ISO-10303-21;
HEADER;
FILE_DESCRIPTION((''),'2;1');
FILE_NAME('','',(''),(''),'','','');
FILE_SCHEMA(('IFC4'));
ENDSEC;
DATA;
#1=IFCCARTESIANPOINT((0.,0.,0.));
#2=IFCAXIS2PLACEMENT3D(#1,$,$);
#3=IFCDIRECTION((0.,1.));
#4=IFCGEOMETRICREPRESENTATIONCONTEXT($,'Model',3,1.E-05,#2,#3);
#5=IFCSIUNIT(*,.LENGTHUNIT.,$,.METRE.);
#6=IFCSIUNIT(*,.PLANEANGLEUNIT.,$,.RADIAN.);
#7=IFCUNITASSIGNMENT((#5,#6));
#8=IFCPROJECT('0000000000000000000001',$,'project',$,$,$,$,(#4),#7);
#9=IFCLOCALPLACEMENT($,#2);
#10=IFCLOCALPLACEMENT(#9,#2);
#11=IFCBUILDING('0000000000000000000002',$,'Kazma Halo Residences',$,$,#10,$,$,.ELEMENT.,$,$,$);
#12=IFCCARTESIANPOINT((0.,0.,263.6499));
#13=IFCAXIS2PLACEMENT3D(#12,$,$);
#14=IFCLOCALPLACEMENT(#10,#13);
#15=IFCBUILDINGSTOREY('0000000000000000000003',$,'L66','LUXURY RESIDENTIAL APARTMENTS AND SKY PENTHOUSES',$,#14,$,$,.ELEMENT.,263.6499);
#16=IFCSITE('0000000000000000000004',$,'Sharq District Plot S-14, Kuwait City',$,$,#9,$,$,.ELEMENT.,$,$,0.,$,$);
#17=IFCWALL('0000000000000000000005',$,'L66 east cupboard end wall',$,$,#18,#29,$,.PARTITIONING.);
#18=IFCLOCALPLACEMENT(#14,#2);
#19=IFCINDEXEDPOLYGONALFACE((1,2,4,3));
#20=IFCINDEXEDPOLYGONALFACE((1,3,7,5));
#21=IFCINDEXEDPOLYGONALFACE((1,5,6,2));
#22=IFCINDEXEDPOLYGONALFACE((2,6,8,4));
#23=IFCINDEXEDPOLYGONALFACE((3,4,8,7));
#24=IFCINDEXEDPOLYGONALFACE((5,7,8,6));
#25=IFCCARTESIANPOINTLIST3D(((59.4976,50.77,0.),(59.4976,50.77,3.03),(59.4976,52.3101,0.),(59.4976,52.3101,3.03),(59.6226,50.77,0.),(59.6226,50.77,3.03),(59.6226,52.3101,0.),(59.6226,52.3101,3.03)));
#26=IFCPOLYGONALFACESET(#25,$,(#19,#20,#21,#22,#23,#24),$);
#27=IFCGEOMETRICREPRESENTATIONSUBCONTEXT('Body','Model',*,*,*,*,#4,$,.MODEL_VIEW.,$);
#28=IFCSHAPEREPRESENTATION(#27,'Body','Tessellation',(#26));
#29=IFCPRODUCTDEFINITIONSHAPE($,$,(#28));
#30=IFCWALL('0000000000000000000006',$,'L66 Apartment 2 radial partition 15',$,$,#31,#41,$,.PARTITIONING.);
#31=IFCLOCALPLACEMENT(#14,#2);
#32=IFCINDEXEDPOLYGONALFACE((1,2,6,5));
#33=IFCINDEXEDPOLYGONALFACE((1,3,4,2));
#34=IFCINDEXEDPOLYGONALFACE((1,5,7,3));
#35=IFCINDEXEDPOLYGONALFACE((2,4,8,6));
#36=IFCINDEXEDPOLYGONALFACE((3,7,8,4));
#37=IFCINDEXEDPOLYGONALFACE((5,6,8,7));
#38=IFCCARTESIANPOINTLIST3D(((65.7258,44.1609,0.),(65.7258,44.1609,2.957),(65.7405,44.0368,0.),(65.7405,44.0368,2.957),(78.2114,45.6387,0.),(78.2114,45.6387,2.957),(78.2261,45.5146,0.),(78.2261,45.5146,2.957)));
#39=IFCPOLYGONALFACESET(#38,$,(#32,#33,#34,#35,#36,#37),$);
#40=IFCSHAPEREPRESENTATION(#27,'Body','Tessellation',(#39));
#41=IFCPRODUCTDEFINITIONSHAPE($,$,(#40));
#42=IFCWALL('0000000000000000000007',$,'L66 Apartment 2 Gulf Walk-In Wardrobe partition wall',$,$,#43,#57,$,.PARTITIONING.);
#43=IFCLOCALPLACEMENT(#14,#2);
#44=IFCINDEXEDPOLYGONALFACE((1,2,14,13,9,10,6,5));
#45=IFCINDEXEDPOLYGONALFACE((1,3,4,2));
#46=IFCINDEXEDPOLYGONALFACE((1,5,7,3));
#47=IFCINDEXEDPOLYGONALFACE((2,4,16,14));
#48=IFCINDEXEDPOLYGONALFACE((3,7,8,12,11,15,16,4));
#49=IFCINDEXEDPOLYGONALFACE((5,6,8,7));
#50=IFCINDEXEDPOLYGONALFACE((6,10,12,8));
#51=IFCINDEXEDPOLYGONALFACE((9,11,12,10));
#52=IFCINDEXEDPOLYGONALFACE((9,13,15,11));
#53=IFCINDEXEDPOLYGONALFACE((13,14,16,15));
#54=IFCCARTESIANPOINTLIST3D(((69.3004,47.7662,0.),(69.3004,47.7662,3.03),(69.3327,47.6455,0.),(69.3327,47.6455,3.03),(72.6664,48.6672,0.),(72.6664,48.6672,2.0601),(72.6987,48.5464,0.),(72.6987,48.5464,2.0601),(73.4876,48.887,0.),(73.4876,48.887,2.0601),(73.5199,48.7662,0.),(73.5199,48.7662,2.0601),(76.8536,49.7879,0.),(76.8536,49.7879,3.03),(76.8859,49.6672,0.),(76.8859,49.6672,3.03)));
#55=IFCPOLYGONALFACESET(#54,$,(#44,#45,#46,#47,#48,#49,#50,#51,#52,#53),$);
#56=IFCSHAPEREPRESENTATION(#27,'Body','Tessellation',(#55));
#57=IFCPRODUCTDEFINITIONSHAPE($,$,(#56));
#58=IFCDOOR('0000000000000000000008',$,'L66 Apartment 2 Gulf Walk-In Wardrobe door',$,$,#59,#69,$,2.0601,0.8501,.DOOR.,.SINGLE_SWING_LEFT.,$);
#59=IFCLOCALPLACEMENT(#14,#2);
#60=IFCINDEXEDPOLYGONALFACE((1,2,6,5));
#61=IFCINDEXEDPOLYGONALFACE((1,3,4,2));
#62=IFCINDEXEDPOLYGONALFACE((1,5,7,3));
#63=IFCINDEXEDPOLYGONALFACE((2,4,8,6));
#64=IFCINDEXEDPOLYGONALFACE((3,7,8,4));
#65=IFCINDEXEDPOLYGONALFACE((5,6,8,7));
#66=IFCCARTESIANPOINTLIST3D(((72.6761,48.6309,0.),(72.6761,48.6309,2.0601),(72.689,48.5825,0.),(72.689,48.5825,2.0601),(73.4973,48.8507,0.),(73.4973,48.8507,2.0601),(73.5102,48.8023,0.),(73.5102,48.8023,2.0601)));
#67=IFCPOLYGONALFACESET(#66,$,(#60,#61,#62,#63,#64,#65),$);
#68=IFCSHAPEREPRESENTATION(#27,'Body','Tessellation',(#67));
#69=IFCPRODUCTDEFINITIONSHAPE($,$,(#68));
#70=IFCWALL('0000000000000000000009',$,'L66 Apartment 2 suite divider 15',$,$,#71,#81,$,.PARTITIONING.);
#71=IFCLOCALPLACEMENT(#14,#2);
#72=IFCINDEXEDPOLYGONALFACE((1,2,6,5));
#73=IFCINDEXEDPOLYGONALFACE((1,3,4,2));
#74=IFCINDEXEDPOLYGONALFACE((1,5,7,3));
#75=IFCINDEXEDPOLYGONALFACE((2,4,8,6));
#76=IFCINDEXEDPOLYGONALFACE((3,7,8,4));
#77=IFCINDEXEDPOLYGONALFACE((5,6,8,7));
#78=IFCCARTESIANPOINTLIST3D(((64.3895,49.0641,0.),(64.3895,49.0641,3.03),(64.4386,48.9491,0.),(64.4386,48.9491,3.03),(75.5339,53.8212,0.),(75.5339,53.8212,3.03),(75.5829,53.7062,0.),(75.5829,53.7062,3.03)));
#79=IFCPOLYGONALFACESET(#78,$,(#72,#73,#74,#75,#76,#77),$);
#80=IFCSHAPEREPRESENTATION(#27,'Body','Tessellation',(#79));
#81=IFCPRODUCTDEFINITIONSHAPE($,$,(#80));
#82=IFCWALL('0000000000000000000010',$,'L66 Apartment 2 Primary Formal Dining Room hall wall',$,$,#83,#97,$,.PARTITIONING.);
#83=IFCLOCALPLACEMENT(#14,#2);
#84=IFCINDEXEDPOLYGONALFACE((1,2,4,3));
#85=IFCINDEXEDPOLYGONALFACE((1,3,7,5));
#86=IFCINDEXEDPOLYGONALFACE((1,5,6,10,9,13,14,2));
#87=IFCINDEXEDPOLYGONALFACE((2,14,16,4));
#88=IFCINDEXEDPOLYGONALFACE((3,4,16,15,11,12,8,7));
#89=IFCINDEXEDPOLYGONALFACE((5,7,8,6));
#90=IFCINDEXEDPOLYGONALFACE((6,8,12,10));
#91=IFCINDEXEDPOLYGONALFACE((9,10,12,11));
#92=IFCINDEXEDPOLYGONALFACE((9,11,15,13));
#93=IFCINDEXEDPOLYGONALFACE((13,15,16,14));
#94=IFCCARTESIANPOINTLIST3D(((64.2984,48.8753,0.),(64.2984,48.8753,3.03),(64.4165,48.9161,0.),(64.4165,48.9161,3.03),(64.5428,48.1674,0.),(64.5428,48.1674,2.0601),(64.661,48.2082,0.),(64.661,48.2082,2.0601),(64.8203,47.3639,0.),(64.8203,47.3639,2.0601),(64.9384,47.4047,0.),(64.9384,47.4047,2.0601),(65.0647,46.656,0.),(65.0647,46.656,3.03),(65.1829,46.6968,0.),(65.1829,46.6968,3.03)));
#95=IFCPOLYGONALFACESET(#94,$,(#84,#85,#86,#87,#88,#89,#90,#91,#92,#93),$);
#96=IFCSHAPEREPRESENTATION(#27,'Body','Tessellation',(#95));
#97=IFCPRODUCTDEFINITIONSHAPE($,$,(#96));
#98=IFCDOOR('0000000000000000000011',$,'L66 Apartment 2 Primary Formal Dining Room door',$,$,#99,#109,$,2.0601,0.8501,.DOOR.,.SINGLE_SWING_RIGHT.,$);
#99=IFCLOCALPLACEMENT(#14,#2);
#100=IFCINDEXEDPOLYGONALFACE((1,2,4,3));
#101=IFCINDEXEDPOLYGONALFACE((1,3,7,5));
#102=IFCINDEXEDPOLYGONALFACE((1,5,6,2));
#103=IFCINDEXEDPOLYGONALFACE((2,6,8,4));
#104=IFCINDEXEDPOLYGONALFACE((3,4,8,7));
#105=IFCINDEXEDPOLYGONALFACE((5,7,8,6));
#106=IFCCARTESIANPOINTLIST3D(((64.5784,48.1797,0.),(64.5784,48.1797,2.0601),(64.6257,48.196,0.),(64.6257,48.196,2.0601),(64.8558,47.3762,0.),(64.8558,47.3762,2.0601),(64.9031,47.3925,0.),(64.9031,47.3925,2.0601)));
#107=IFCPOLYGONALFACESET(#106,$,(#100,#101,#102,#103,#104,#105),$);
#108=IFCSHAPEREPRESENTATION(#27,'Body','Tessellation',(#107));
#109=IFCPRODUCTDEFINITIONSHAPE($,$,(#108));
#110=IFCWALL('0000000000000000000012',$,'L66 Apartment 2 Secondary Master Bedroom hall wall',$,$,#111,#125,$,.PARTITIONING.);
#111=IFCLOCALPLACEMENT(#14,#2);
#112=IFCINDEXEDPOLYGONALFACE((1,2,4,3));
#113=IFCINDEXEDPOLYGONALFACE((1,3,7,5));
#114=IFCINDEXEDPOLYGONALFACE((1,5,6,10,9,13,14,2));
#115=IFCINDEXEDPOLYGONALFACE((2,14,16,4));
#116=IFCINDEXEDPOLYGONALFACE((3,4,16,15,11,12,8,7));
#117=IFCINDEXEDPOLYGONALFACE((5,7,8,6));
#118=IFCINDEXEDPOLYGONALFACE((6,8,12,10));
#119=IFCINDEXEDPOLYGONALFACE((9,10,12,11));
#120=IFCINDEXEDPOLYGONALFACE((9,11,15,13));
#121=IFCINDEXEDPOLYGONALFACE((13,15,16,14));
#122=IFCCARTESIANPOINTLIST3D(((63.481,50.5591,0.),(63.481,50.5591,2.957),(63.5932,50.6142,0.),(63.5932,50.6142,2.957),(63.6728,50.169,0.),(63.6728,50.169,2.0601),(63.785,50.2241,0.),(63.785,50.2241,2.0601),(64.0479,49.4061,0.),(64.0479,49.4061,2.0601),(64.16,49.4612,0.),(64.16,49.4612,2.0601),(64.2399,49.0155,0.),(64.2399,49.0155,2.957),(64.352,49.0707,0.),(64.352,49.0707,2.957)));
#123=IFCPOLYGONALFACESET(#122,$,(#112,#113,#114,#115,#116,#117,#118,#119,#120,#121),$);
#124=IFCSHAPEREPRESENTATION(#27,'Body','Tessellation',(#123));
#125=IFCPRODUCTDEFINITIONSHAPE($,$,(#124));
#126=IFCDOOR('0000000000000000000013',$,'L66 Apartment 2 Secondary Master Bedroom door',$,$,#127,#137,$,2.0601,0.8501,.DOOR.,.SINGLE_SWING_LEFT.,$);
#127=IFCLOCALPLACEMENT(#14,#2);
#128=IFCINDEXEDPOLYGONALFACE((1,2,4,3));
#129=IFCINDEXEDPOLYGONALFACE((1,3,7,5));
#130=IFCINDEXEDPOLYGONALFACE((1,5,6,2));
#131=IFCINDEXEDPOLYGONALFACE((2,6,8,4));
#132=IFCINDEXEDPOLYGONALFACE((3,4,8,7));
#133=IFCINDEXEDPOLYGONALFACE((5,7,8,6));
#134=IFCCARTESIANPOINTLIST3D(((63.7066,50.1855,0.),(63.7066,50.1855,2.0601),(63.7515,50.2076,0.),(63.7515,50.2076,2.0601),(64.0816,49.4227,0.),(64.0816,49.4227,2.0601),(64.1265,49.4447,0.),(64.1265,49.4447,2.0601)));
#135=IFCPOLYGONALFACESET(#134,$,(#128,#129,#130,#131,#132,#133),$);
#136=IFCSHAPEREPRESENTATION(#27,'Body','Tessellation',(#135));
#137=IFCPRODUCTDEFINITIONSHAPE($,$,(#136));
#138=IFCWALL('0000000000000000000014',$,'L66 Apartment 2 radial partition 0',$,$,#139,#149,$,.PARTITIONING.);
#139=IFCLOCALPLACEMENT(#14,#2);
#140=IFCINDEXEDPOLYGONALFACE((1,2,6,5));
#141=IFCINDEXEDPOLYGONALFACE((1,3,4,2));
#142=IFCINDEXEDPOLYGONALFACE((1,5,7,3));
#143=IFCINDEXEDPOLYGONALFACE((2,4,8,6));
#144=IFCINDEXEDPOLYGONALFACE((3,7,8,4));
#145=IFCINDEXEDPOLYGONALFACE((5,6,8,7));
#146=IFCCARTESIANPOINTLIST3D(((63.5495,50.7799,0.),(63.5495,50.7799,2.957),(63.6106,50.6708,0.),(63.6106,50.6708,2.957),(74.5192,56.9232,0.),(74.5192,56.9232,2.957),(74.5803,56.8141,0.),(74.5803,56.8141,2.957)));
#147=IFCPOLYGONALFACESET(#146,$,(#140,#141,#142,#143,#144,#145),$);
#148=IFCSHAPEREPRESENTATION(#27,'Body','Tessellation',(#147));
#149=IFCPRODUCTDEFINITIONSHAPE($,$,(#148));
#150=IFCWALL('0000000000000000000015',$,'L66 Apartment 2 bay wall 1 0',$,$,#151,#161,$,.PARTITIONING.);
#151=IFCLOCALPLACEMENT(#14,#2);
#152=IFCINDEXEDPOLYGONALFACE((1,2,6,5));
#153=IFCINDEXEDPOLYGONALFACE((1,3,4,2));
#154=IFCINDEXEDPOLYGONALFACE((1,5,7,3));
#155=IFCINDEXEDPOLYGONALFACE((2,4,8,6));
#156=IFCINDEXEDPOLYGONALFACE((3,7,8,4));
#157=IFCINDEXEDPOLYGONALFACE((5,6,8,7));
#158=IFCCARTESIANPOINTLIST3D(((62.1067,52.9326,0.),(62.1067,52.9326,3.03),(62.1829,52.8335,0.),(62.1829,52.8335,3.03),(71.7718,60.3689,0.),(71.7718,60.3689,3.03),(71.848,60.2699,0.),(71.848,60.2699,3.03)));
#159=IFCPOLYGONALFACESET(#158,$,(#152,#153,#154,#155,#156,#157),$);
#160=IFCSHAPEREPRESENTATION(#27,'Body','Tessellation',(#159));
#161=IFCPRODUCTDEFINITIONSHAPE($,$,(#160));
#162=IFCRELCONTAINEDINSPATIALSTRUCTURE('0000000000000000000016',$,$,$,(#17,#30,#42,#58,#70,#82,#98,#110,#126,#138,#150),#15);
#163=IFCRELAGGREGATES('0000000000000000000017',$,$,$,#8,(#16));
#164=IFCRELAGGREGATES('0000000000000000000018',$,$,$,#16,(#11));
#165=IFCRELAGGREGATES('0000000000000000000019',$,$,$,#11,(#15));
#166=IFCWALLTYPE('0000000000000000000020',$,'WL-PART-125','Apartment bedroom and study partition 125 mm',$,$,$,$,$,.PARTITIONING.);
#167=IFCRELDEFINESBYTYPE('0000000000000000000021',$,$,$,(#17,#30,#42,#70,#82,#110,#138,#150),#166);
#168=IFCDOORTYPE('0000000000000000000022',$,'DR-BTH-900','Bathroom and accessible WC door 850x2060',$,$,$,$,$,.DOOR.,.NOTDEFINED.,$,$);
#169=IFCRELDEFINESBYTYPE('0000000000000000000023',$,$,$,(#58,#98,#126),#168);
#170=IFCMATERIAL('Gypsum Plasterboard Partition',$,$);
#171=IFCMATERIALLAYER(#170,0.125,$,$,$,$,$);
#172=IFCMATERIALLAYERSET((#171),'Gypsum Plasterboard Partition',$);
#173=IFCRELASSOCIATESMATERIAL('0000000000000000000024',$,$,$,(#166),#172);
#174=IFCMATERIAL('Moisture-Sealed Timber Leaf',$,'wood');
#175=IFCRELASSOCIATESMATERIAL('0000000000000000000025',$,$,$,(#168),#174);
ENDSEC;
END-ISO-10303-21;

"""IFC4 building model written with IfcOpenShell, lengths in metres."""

from ifc_helpers import new_model, si_unit, direction, frame, frame_2d, origin, place, context, subcontext, project, spatial, rectangle, extrude, material, layer, layer_set, type_object, element, fill, save


model = new_model("IFC4")

# Units and contexts
model_context = context("Model", 3, precision=1e-05, world=origin(), true_north=direction((0.0, 1.0)))
body_context = subcontext(model_context, "Body", "Model", "MODEL_VIEW")
ifc_project = project(units=[si_unit("LENGTHUNIT", "METRE"), si_unit("PLANEANGLEUNIT", "RADIAN")], contexts=[model_context])

# Site, building, storey
site_placement = place(None, origin())
site = spatial("IfcSite", under=ifc_project, at=site_placement, Name="Sharq District Plot S-14, Kuwait City", CompositionType="ELEMENT", RefElevation=0.0)
building_placement = place(site_placement, origin())
building = spatial("IfcBuilding", under=site, at=building_placement, Name="Kazma Halo Residences", CompositionType="ELEMENT")
storey_placement = place(building_placement, frame((0.0, 0.0, 263.6499)))
storey = spatial("IfcBuildingStorey", under=building, at=storey_placement, Name="L66", Description="LUXURY RESIDENTIAL APARTMENTS AND SKY PENTHOUSES", CompositionType="ELEMENT", Elevation=263.6499)

# Walls
ifc_material_1 = material(Name="Gypsum Plasterboard Partition")
ifc_layer_1 = layer(ifc_material_1, 0.125)
ifc_layer_set_1 = layer_set([ifc_layer_1], Name="Gypsum Plasterboard Partition")
wall_type_1 = type_object("IfcWallType", Name="WL-PART-125", Description="Apartment bedroom and study partition 125 mm", PredefinedType="PARTITIONING", material=ifc_layer_set_1)
wall_1_placement = place(storey_placement, frame((59.5601, 50.77, 0.0), z_axis=(0.0, 0.0, 1.0), x_axis=(0.0, 1.0, 0.0)))
element("IfcWall", 1, at=wall_1_placement, inside=storey, type_object=wall_type_1, Name="L66 east cupboard end wall", PredefinedType="PARTITIONING", context=body_context, shape_type="SweptSolid", body=[
    extrude(rectangle(XDim=1.54, YDim=0.125, at=frame_2d((0.77, 0.0))), origin(), (0.0, 0.0, 1.0), 3.03),
])
wall_2_placement = place(storey_placement, frame((65.7332, 44.0989, 0.0), z_axis=(0.0, 0.0, 1.0), x_axis=(0.993068, 0.117539, 0.0)))
element("IfcWall", 2, at=wall_2_placement, inside=storey, type_object=wall_type_1, Name="L66 Apartment 2 radial partition 15", PredefinedType="PARTITIONING", context=body_context, shape_type="SweptSolid", body=[
    extrude(rectangle(XDim=12.5728, YDim=0.125, at=frame_2d((6.2864, 0.0))), origin(), (0.0, 0.0, 1.0), 2.957),
])

# Wall, opening, door
wall_3_placement = place(storey_placement, frame((69.3164, 47.7058, 0.0), z_axis=(0.0, 0.0, 1.0), x_axis=(0.965995, 0.258562, 0.0)))
wall_3 = element("IfcWall", 3, at=wall_3_placement, inside=storey, type_object=wall_type_1, Name="L66 Apartment 2 Gulf Walk-In Wardrobe partition wall", PredefinedType="PARTITIONING", context=body_context, shape_type="SweptSolid", body=[
    extrude(rectangle(XDim=7.8191, YDim=0.125, at=frame_2d((3.9097, 0.0))), origin(), (0.0, 0.0, 1.0), 3.03),
])
opening_1_placement = place(wall_3_placement, frame((3.4846, 0.0, 0.0)))
opening_1 = element("IfcOpeningElement", 4, at=opening_1_placement, cuts=wall_3, PredefinedType="OPENING", context=body_context, shape_type="SweptSolid", body=[
    extrude(rectangle(XDim=0.8501, YDim=2.0601, at=frame_2d((0.425, 1.03))), frame((0.0, 0.0725, 0.0), z_axis=(0.0, -1.0, 0.0), x_axis=(1.0, 0.0, 0.0)), (0.0, 0.0, 1.0), 0.145),
])
ifc_material_2 = material(Name="Moisture-Sealed Timber Leaf", Category="wood")
door_type = type_object("IfcDoorType", Name="DR-BTH-900", Description="Bathroom and accessible WC door 850x2060", OperationType="NOTDEFINED", PredefinedType="DOOR", material=ifc_material_2)
door_1_placement = place(opening_1_placement, origin())
door_1 = element("IfcDoor", 5, at=door_1_placement, inside=storey, type_object=door_type, Name="L66 Apartment 2 Gulf Walk-In Wardrobe door", OperationType="SINGLE_SWING_LEFT", OverallHeight=2.0601, OverallWidth=0.8501, PredefinedType="DOOR", context=body_context, shape_type="SweptSolid", body=[
    extrude(rectangle(XDim=0.8501, YDim=2.0601, at=frame_2d((0.425, 1.03))), frame((0.0, 0.0249, 0.0), z_axis=(0.0, -1.0, 0.0), x_axis=(1.0, 0.0, 0.0)), (0.0, 0.0, 1.0), 0.05),
])
fill(opening_1, door_1)

# Wall
wall_4_placement = place(storey_placement, frame((64.4141, 49.0066, 0.0), z_axis=(0.0, 0.0, 1.0), x_axis=(0.919713, 0.392591, 0.0)))
element("IfcWall", 6, at=wall_4_placement, inside=storey, type_object=wall_type_1, Name="L66 Apartment 2 suite divider 15", PredefinedType="PARTITIONING", context=body_context, shape_type="SweptSolid", body=[
    extrude(rectangle(XDim=12.1172, YDim=0.125, at=frame_2d((6.0586, 0.0))), origin(), (0.0, 0.0, 1.0), 3.03),
])

# Walls, openings, doors
wall_5_placement = place(storey_placement, frame((65.1238, 46.6765, 0.0), z_axis=(0.0, 0.0, 1.0), x_axis=(-0.32641, 0.945228, 0.0)))
wall_5 = element("IfcWall", 7, at=wall_5_placement, inside=storey, type_object=wall_type_1, Name="L66 Apartment 2 Primary Formal Dining Room hall wall", PredefinedType="PARTITIONING", context=body_context, shape_type="SweptSolid", body=[
    extrude(rectangle(XDim=2.3479, YDim=0.125, at=frame_2d((1.1738, 0.0))), origin(), (0.0, 0.0, 1.0), 3.03),
])
opening_2_placement = place(wall_5_placement, frame((0.7488, 0.0, 0.0)))
opening_2 = element("IfcOpeningElement", 8, at=opening_2_placement, cuts=wall_5, PredefinedType="OPENING", context=body_context, shape_type="SweptSolid", body=[
    extrude(rectangle(XDim=0.8501, YDim=2.0601, at=frame_2d((0.425, 1.03))), frame((0.0, 0.0725, 0.0), z_axis=(0.0, -1.0, 0.0), x_axis=(1.0, 0.0, 0.0)), (0.0, 0.0, 1.0), 0.145),
])
door_2_placement = place(opening_2_placement, origin())
door_2 = element("IfcDoor", 9, at=door_2_placement, inside=storey, type_object=door_type, Name="L66 Apartment 2 Primary Formal Dining Room door", OperationType="SINGLE_SWING_RIGHT", OverallHeight=2.0601, OverallWidth=0.8501, PredefinedType="DOOR", context=body_context, shape_type="SweptSolid", body=[
    extrude(rectangle(XDim=0.8501, YDim=2.0601, at=frame_2d((0.425, 1.03))), frame((0.0, 0.0249, 0.0), z_axis=(0.0, -1.0, 0.0), x_axis=(1.0, 0.0, 0.0)), (0.0, 0.0, 1.0), 0.05),
])
fill(opening_2, door_2)
wall_6_placement = place(storey_placement, frame((64.2959, 49.0432, 0.0), z_axis=(0.0, 0.0, 1.0), x_axis=(-0.441185, 0.897416, 0.0)))
wall_6 = element("IfcWall", 10, at=wall_6_placement, inside=storey, type_object=wall_type_1, Name="L66 Apartment 2 Secondary Master Bedroom hall wall", PredefinedType="PARTITIONING", context=body_context, shape_type="SweptSolid", body=[
    extrude(rectangle(XDim=1.72, YDim=0.125, at=frame_2d((0.8599, 0.0))), origin(), (0.0, 0.0, 1.0), 2.957),
])
opening_3_placement = place(wall_6_placement, frame((0.4351, 0.0, 0.0)))
opening_3 = element("IfcOpeningElement", 11, at=opening_3_placement, cuts=wall_6, PredefinedType="OPENING", context=body_context, shape_type="SweptSolid", body=[
    extrude(rectangle(XDim=0.8501, YDim=2.0601, at=frame_2d((0.425, 1.03))), frame((0.0, 0.0725, 0.0), z_axis=(0.0, -1.0, 0.0), x_axis=(1.0, 0.0, 0.0)), (0.0, 0.0, 1.0), 0.145),
])
door_3_placement = place(opening_3_placement, origin())
door_3 = element("IfcDoor", 12, at=door_3_placement, inside=storey, type_object=door_type, Name="L66 Apartment 2 Secondary Master Bedroom door", OperationType="SINGLE_SWING_LEFT", OverallHeight=2.0601, OverallWidth=0.8501, PredefinedType="DOOR", context=body_context, shape_type="SweptSolid", body=[
    extrude(rectangle(XDim=0.8501, YDim=2.0601, at=frame_2d((0.425, 1.03))), frame((0.0, 0.0249, 0.0), z_axis=(0.0, -1.0, 0.0), x_axis=(1.0, 0.0, 0.0)), (0.0, 0.0, 1.0), 0.05),
])
fill(opening_3, door_3)

# Walls
wall_7_placement = place(storey_placement, frame((63.5801, 50.7253, 0.0), z_axis=(0.0, 0.0, 1.0), x_axis=(0.872497, 0.488619, 0.0)))
element("IfcWall", 13, at=wall_7_placement, inside=storey, type_object=wall_type_1, Name="L66 Apartment 2 radial partition 0", PredefinedType="PARTITIONING", context=body_context, shape_type="SweptSolid", body=[
    extrude(rectangle(XDim=12.5728, YDim=0.125, at=frame_2d((6.2864, 0.0))), origin(), (0.0, 0.0, 1.0), 2.957),
])
wall_8_placement = place(storey_placement, frame((62.1448, 52.8831, 0.0), z_axis=(0.0, 0.0, 1.0), x_axis=(0.792559, 0.609795, 0.0)))
element("IfcWall", 14, at=wall_8_placement, inside=storey, type_object=wall_type_1, Name="L66 Apartment 2 bay wall 1 0", PredefinedType="PARTITIONING", context=body_context, shape_type="SweptSolid", body=[
    extrude(rectangle(XDim=12.1948, YDim=0.125, at=frame_2d((6.0974, 0.0))), origin(), (0.0, 0.0, 1.0), 3.03),
])

save(model, "model.ifc")
